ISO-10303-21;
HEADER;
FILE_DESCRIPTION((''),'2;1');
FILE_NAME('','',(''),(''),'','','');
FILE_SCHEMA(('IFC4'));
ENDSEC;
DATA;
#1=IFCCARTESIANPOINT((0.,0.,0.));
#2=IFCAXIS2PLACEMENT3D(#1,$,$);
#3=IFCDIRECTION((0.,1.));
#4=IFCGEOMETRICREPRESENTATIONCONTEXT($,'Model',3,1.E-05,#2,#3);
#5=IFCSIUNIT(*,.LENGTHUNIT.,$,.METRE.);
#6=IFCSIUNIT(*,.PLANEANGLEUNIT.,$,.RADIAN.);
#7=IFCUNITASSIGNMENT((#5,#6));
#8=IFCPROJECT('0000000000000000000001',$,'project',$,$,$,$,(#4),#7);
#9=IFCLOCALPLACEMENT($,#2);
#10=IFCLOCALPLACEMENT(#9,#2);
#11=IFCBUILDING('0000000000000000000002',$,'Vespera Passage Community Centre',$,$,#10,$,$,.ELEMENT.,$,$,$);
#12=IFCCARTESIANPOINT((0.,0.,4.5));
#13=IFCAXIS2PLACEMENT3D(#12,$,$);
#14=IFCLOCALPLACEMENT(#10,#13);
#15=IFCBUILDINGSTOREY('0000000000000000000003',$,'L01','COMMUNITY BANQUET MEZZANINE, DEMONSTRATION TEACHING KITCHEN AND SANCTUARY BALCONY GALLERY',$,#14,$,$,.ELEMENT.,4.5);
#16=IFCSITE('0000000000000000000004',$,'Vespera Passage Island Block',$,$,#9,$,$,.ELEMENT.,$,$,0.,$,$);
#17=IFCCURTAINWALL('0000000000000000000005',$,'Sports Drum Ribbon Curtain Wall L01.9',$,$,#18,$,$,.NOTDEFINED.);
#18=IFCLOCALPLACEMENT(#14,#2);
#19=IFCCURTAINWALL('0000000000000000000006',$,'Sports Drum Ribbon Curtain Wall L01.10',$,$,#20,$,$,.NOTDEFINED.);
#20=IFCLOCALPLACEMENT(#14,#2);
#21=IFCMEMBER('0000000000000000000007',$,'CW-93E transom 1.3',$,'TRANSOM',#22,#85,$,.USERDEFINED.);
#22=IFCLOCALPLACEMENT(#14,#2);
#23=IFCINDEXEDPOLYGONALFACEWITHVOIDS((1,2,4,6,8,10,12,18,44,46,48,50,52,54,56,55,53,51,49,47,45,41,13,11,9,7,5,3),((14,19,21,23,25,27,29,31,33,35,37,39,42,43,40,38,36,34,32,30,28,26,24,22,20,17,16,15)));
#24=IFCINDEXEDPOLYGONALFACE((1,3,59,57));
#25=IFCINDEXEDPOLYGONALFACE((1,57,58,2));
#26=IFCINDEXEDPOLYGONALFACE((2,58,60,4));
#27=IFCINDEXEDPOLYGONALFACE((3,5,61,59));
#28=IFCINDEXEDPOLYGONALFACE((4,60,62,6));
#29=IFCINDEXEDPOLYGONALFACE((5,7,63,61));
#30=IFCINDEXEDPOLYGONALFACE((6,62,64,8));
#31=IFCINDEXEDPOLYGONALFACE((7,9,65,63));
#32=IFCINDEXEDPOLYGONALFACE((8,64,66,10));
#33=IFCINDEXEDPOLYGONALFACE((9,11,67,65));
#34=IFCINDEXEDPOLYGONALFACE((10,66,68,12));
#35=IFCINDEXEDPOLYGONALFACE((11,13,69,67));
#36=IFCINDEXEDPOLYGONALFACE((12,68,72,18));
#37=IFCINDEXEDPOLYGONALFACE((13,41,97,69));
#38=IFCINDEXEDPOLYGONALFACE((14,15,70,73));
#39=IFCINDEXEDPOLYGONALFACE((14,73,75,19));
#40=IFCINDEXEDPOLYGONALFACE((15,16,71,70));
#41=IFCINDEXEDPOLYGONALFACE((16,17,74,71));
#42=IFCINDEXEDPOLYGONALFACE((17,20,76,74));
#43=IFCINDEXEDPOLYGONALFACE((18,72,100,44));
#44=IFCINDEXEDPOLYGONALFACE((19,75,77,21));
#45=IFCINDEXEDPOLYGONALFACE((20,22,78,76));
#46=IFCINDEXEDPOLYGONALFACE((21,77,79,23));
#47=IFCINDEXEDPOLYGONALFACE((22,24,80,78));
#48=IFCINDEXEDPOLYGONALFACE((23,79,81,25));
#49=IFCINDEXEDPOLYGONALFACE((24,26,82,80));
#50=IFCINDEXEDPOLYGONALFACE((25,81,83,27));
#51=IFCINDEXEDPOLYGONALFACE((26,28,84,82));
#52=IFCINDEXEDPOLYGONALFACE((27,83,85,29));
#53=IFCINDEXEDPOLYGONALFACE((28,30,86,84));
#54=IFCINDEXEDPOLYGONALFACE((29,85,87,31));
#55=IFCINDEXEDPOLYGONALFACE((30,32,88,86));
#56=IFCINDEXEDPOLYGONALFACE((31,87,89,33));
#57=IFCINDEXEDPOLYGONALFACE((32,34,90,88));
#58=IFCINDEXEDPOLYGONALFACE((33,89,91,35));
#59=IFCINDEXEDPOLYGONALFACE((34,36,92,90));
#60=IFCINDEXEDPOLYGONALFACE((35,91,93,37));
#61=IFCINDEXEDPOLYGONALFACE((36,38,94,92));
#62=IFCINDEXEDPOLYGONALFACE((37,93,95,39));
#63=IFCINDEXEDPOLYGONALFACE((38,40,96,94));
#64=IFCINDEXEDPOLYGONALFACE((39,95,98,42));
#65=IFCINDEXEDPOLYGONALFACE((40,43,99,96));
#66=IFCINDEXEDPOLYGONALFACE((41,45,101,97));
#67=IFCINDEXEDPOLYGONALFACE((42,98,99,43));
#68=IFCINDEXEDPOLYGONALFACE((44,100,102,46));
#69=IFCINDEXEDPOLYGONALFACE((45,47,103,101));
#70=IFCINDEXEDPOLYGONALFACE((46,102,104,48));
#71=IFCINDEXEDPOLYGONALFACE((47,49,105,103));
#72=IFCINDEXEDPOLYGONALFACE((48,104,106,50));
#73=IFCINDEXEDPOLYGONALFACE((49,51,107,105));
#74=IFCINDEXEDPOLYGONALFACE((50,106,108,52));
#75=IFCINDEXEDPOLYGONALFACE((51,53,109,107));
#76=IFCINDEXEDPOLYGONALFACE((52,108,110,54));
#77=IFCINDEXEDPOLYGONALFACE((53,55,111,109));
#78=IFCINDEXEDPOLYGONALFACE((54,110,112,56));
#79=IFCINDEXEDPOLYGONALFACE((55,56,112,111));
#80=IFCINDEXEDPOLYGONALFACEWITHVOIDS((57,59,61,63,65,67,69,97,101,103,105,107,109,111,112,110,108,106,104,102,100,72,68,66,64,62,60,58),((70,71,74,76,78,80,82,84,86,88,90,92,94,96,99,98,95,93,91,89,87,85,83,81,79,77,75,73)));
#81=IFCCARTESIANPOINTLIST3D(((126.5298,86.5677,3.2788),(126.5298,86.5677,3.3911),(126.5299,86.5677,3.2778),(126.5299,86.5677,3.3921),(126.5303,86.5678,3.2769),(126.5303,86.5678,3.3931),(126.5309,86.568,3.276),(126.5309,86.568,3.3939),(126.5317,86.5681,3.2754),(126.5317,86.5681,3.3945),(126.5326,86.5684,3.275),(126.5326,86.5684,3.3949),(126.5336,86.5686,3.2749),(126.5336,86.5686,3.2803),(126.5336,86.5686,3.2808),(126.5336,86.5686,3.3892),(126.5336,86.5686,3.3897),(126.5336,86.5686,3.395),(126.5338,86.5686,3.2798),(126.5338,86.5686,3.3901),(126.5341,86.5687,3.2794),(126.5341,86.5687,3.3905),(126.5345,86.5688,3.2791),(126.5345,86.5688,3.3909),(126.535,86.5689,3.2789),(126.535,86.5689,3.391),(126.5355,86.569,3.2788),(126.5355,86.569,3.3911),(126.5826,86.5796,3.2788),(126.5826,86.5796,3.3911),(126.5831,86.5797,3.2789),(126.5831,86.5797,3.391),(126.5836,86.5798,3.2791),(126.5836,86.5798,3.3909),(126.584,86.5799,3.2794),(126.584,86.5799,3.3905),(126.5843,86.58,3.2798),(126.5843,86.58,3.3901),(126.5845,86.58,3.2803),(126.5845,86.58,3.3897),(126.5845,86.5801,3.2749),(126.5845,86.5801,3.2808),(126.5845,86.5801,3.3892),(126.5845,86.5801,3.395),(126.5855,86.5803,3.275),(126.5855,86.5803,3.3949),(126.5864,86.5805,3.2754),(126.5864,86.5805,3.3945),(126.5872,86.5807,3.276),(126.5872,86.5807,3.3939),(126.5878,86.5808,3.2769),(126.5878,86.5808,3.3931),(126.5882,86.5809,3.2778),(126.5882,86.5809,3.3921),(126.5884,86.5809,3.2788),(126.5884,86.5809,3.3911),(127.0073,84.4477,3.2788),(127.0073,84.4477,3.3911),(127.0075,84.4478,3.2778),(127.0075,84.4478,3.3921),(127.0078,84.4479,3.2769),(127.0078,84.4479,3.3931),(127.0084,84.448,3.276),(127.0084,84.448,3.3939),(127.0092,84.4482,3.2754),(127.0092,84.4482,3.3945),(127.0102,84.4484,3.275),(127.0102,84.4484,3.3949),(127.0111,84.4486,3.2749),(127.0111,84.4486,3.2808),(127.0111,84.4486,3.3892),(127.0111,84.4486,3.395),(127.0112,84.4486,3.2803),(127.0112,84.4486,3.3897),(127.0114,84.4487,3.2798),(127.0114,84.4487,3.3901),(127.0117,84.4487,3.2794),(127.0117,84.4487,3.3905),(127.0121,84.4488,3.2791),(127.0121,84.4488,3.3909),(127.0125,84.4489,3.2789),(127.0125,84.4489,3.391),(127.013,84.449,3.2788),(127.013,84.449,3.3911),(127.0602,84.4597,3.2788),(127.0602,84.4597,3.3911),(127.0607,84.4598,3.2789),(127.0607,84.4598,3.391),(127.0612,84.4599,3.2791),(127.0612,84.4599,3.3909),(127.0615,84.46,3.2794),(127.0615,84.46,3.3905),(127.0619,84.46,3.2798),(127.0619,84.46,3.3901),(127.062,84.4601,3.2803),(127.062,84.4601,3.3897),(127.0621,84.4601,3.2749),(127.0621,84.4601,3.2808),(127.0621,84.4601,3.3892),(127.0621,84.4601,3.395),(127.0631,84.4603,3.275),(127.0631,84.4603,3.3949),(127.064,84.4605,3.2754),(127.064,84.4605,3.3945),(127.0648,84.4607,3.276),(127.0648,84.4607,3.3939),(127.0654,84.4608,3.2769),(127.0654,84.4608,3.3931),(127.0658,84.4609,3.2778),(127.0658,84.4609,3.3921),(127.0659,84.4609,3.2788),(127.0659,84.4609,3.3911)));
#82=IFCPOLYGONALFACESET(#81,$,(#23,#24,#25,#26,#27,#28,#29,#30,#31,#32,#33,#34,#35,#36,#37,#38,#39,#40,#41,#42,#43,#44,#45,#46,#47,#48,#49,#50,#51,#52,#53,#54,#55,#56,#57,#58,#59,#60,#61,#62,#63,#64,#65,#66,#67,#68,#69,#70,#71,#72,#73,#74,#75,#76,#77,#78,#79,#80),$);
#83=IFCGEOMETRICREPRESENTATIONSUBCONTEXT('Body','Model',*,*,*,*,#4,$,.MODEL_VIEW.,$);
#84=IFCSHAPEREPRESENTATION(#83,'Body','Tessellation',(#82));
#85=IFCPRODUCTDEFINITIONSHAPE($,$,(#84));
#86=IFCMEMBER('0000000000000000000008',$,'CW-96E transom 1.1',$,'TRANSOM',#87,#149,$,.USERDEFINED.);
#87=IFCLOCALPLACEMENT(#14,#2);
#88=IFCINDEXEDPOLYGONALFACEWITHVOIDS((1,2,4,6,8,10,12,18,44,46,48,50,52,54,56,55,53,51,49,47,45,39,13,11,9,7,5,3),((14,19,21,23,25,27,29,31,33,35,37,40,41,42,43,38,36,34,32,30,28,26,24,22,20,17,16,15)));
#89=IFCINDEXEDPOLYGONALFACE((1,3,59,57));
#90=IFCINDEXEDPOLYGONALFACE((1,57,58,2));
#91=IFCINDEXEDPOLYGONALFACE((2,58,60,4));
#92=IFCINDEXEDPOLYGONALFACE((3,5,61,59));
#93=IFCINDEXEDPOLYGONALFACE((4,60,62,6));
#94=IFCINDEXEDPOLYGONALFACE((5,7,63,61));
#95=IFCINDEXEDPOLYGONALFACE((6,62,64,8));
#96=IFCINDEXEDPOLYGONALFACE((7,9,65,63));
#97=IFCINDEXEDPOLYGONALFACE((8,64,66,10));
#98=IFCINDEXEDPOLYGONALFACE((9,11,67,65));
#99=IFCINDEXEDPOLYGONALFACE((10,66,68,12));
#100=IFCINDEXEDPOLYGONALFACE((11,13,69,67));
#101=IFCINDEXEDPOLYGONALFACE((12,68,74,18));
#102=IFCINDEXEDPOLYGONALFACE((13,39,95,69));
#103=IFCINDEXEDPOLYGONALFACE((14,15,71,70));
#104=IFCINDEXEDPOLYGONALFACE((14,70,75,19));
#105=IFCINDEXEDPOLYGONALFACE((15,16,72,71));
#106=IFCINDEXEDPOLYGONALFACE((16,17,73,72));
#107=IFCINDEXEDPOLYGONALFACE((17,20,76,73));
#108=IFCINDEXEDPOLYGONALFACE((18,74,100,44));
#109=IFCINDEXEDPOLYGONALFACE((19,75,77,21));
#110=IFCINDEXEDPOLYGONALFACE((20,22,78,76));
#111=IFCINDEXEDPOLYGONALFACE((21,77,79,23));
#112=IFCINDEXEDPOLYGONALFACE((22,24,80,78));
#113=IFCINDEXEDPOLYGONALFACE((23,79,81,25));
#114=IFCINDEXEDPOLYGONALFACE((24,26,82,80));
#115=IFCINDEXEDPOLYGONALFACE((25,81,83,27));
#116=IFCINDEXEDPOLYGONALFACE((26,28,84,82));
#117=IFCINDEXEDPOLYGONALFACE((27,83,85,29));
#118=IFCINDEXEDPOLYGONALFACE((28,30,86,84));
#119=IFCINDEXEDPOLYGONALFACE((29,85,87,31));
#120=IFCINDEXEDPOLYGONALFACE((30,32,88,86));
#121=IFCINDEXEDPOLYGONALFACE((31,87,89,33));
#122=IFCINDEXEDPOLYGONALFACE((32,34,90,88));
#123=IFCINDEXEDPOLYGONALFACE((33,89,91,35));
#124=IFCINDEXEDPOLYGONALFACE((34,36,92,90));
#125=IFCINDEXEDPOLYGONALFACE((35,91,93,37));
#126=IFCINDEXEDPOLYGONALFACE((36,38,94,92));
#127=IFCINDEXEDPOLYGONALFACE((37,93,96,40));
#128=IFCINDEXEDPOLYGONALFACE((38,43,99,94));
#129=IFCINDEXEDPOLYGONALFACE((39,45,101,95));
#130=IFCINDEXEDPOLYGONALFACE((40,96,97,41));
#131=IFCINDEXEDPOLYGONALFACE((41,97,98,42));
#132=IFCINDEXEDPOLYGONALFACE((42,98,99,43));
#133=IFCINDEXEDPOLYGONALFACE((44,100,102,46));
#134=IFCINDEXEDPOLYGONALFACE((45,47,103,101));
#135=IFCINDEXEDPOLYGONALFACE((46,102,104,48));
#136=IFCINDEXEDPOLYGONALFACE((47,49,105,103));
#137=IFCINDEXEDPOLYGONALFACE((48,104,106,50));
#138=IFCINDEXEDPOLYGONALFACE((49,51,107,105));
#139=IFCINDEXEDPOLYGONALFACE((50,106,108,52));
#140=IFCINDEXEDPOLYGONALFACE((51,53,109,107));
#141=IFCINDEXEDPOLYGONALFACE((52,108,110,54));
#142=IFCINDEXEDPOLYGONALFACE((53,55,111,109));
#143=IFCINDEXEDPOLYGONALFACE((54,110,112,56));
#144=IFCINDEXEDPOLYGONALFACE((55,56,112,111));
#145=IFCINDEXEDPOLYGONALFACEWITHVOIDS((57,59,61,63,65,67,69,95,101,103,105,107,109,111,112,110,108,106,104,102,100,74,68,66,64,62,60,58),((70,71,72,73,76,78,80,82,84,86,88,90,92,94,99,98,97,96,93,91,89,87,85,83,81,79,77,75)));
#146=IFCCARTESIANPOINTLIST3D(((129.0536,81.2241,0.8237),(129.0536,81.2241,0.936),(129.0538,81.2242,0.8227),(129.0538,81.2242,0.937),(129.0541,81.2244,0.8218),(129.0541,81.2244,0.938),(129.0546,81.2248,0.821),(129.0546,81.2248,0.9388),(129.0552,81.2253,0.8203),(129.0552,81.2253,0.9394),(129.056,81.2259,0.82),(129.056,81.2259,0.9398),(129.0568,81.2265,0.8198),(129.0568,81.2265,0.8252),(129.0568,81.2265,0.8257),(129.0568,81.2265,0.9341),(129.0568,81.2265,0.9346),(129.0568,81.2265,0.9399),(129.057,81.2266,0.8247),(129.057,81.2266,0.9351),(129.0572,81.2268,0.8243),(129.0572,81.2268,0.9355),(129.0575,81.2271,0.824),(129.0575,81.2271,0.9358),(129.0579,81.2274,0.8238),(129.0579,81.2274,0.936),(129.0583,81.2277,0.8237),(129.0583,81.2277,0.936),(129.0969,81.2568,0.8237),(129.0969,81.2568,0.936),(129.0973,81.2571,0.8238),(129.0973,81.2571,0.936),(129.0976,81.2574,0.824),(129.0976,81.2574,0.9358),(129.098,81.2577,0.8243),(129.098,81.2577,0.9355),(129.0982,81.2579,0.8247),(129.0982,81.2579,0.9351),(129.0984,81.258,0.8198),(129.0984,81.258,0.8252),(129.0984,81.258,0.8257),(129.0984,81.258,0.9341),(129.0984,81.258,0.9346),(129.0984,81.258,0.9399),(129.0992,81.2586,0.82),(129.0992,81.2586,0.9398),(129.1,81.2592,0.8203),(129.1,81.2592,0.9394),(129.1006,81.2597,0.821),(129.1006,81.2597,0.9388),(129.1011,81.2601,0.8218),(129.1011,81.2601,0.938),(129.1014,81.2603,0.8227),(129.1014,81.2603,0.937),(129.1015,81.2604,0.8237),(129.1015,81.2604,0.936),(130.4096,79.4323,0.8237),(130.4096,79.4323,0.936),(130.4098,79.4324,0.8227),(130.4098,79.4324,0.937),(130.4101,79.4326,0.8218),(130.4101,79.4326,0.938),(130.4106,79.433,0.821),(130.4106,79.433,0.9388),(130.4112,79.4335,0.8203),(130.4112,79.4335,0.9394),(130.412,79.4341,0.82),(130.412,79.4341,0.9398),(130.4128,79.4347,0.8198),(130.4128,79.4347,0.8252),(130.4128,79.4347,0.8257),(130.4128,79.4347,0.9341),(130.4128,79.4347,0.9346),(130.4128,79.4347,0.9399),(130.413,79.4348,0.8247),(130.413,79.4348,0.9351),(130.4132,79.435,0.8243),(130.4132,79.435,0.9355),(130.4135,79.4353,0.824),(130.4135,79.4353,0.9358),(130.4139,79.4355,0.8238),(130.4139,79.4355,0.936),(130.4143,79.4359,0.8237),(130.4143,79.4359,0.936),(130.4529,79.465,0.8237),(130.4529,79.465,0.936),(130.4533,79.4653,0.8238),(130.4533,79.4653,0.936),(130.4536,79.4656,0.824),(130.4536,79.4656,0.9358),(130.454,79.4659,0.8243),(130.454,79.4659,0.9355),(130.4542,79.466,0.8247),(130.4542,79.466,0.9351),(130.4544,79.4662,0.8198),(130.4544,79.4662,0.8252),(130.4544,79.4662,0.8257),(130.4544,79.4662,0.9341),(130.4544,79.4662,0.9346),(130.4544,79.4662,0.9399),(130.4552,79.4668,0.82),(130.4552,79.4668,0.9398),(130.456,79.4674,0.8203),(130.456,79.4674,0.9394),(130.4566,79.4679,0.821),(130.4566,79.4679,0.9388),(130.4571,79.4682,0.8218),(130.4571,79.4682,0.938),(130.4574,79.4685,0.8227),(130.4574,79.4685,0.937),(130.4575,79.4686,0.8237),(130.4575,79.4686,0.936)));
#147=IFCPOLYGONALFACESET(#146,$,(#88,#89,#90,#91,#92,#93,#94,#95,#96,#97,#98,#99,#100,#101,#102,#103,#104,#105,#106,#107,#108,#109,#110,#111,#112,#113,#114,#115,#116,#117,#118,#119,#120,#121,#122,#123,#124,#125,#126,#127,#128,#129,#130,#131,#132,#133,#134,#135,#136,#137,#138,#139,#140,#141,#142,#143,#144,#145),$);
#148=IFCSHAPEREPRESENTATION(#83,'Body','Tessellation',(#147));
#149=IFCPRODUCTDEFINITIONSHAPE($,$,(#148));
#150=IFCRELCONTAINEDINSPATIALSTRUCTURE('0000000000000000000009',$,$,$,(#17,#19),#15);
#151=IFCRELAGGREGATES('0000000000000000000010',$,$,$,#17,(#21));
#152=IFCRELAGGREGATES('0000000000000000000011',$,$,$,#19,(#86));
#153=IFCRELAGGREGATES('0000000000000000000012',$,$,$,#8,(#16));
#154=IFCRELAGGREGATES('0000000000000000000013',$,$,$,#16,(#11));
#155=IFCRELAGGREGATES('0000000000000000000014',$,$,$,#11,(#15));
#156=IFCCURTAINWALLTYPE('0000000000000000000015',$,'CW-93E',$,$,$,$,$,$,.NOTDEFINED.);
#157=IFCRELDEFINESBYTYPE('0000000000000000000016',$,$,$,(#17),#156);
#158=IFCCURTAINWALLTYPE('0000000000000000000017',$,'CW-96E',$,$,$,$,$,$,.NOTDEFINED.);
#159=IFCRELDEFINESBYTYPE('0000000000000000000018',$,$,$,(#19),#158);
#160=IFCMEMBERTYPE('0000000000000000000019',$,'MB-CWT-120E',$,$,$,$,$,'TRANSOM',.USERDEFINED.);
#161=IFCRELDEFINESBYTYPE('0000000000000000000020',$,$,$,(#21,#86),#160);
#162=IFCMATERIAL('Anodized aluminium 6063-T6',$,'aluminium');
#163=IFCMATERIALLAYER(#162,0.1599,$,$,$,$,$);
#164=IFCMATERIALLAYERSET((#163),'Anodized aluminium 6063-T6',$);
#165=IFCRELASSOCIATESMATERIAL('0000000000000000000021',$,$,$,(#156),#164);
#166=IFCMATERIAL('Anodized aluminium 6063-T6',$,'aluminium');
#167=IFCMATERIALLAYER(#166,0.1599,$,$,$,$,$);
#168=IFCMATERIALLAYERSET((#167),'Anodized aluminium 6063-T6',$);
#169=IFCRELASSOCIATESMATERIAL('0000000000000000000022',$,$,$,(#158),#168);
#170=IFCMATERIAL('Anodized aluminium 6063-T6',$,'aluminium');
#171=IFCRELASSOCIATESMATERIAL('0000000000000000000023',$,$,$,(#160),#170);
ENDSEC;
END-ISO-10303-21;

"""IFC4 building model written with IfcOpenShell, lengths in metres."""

from ifc_helpers import new_model, si_unit, direction, frame, origin, origin_2d, place, context, subcontext, project, spatial, hollow_rectangle, extrude, material, layer, layer_set, material_profile, profile_set, type_object, element, aggregate, save


model = new_model("IFC4")

# Units and contexts
model_context = context("Model", 3, precision=1e-05, world=origin(), true_north=direction((0.0, 1.0)))
body_context = subcontext(model_context, "Body", "Model", "MODEL_VIEW")
ifc_project = project(units=[si_unit("LENGTHUNIT", "METRE"), si_unit("PLANEANGLEUNIT", "RADIAN")], contexts=[model_context])

# Site, building, storey
site_placement = place(None, origin())
site = spatial("IfcSite", under=ifc_project, at=site_placement, Name="Vespera Passage Island Block", CompositionType="ELEMENT", RefElevation=0.0)
building_placement = place(site_placement, origin())
building = spatial("IfcBuilding", under=site, at=building_placement, Name="Vespera Passage Community Centre", CompositionType="ELEMENT")
storey_placement = place(building_placement, frame((0.0, 0.0, 4.5)))
storey = spatial("IfcBuildingStorey", under=building, at=storey_placement, Name="L01", Description="COMMUNITY BANQUET MEZZANINE, DEMONSTRATION TEACHING KITCHEN AND SANCTUARY BALCONY GALLERY", CompositionType="ELEMENT", Elevation=4.5)

# Curtain wall
ifc_material_1 = material(Name="Anodized aluminium 6063-T6", Category="aluminium")
ifc_layer_1 = layer(ifc_material_1, 0.1599)
ifc_layer_set_1 = layer_set([ifc_layer_1], Name="Anodized aluminium 6063-T6")
curtain_wall_type_1 = type_object("IfcCurtainWallType", Name="CW-93E", PredefinedType="NOTDEFINED", material=ifc_layer_set_1)
curtain_wall_1_placement = place(storey_placement, origin())
curtain_wall_1 = element("IfcCurtainWall", 1, at=curtain_wall_1_placement, inside=storey, type_object=curtain_wall_type_1, Name="Sports Drum Ribbon Curtain Wall L01.9", PredefinedType="NOTDEFINED")

# Curtain wall
ifc_material_2 = material(Name="Anodized aluminium 6063-T6", Category="aluminium")
ifc_layer_2 = layer(ifc_material_2, 0.1599)
ifc_layer_set_2 = layer_set([ifc_layer_2], Name="Anodized aluminium 6063-T6")
curtain_wall_type_2 = type_object("IfcCurtainWallType", Name="CW-96E", PredefinedType="NOTDEFINED", material=ifc_layer_set_2)
curtain_wall_2_placement = place(storey_placement, origin())
curtain_wall_2 = element("IfcCurtainWall", 2, at=curtain_wall_2_placement, inside=storey, type_object=curtain_wall_type_2, Name="Sports Drum Ribbon Curtain Wall L01.10", PredefinedType="NOTDEFINED")

# Members
ifc_material_3 = material(Name="Anodized aluminium 6063-T6", Category="aluminium")
ifc_material_profile_1 = material_profile(ifc_material_3, hollow_rectangle(XDim=0.0601, YDim=0.1201, WallThickness=0.0039, InnerFilletRadius=0.002, OuterFilletRadius=0.0039, at=origin_2d()), Name="ALU120X60X4")
ifc_profile_set_1 = profile_set([ifc_material_profile_1], Name="Anodized aluminium 6063-T6")
member_type_1 = type_object("IfcMemberType", Name="MB-CWT-120E", ElementType="TRANSOM", PredefinedType="USERDEFINED", material=ifc_profile_set_1)
member_1_placement = place(storey_placement, frame((127.0366, 84.4543, 3.335), z_axis=(-0.219761, 0.975554, 0.0), x_axis=(-0.975554, -0.219761, 0.0)))
member_1 = element("IfcMember", 3, at=member_1_placement, type_object=member_type_1, Name="CW-93E transom 1.3", ObjectType="TRANSOM", PredefinedType="USERDEFINED", context=body_context, shape_type="SweptSolid", body=[
    extrude(hollow_rectangle(XDim=0.0601, YDim=0.1201, WallThickness=0.0039, InnerFilletRadius=0.002, OuterFilletRadius=0.0039, at=origin_2d()), origin(), (0.0, 0.0, 1.0), 2.1731),
])
aggregate(curtain_wall_1, [member_1])
member_2_placement = place(storey_placement, frame((130.4336, 79.4504, 0.8799), z_axis=(-0.603454, 0.797398, 0.0), x_axis=(-0.797398, -0.603454, 0.0)))
member_2 = element("IfcMember", 4, at=member_2_placement, type_object=member_type_1, Name="CW-96E transom 1.1", ObjectType="TRANSOM", PredefinedType="USERDEFINED", context=body_context, shape_type="SweptSolid", body=[
    extrude(hollow_rectangle(XDim=0.0601, YDim=0.1201, WallThickness=0.0039, InnerFilletRadius=0.002, OuterFilletRadius=0.0039, at=origin_2d()), origin(), (0.0, 0.0, 1.0), 2.2471),
])

aggregate(curtain_wall_2, [member_2])

save(model, "model.ifc")
